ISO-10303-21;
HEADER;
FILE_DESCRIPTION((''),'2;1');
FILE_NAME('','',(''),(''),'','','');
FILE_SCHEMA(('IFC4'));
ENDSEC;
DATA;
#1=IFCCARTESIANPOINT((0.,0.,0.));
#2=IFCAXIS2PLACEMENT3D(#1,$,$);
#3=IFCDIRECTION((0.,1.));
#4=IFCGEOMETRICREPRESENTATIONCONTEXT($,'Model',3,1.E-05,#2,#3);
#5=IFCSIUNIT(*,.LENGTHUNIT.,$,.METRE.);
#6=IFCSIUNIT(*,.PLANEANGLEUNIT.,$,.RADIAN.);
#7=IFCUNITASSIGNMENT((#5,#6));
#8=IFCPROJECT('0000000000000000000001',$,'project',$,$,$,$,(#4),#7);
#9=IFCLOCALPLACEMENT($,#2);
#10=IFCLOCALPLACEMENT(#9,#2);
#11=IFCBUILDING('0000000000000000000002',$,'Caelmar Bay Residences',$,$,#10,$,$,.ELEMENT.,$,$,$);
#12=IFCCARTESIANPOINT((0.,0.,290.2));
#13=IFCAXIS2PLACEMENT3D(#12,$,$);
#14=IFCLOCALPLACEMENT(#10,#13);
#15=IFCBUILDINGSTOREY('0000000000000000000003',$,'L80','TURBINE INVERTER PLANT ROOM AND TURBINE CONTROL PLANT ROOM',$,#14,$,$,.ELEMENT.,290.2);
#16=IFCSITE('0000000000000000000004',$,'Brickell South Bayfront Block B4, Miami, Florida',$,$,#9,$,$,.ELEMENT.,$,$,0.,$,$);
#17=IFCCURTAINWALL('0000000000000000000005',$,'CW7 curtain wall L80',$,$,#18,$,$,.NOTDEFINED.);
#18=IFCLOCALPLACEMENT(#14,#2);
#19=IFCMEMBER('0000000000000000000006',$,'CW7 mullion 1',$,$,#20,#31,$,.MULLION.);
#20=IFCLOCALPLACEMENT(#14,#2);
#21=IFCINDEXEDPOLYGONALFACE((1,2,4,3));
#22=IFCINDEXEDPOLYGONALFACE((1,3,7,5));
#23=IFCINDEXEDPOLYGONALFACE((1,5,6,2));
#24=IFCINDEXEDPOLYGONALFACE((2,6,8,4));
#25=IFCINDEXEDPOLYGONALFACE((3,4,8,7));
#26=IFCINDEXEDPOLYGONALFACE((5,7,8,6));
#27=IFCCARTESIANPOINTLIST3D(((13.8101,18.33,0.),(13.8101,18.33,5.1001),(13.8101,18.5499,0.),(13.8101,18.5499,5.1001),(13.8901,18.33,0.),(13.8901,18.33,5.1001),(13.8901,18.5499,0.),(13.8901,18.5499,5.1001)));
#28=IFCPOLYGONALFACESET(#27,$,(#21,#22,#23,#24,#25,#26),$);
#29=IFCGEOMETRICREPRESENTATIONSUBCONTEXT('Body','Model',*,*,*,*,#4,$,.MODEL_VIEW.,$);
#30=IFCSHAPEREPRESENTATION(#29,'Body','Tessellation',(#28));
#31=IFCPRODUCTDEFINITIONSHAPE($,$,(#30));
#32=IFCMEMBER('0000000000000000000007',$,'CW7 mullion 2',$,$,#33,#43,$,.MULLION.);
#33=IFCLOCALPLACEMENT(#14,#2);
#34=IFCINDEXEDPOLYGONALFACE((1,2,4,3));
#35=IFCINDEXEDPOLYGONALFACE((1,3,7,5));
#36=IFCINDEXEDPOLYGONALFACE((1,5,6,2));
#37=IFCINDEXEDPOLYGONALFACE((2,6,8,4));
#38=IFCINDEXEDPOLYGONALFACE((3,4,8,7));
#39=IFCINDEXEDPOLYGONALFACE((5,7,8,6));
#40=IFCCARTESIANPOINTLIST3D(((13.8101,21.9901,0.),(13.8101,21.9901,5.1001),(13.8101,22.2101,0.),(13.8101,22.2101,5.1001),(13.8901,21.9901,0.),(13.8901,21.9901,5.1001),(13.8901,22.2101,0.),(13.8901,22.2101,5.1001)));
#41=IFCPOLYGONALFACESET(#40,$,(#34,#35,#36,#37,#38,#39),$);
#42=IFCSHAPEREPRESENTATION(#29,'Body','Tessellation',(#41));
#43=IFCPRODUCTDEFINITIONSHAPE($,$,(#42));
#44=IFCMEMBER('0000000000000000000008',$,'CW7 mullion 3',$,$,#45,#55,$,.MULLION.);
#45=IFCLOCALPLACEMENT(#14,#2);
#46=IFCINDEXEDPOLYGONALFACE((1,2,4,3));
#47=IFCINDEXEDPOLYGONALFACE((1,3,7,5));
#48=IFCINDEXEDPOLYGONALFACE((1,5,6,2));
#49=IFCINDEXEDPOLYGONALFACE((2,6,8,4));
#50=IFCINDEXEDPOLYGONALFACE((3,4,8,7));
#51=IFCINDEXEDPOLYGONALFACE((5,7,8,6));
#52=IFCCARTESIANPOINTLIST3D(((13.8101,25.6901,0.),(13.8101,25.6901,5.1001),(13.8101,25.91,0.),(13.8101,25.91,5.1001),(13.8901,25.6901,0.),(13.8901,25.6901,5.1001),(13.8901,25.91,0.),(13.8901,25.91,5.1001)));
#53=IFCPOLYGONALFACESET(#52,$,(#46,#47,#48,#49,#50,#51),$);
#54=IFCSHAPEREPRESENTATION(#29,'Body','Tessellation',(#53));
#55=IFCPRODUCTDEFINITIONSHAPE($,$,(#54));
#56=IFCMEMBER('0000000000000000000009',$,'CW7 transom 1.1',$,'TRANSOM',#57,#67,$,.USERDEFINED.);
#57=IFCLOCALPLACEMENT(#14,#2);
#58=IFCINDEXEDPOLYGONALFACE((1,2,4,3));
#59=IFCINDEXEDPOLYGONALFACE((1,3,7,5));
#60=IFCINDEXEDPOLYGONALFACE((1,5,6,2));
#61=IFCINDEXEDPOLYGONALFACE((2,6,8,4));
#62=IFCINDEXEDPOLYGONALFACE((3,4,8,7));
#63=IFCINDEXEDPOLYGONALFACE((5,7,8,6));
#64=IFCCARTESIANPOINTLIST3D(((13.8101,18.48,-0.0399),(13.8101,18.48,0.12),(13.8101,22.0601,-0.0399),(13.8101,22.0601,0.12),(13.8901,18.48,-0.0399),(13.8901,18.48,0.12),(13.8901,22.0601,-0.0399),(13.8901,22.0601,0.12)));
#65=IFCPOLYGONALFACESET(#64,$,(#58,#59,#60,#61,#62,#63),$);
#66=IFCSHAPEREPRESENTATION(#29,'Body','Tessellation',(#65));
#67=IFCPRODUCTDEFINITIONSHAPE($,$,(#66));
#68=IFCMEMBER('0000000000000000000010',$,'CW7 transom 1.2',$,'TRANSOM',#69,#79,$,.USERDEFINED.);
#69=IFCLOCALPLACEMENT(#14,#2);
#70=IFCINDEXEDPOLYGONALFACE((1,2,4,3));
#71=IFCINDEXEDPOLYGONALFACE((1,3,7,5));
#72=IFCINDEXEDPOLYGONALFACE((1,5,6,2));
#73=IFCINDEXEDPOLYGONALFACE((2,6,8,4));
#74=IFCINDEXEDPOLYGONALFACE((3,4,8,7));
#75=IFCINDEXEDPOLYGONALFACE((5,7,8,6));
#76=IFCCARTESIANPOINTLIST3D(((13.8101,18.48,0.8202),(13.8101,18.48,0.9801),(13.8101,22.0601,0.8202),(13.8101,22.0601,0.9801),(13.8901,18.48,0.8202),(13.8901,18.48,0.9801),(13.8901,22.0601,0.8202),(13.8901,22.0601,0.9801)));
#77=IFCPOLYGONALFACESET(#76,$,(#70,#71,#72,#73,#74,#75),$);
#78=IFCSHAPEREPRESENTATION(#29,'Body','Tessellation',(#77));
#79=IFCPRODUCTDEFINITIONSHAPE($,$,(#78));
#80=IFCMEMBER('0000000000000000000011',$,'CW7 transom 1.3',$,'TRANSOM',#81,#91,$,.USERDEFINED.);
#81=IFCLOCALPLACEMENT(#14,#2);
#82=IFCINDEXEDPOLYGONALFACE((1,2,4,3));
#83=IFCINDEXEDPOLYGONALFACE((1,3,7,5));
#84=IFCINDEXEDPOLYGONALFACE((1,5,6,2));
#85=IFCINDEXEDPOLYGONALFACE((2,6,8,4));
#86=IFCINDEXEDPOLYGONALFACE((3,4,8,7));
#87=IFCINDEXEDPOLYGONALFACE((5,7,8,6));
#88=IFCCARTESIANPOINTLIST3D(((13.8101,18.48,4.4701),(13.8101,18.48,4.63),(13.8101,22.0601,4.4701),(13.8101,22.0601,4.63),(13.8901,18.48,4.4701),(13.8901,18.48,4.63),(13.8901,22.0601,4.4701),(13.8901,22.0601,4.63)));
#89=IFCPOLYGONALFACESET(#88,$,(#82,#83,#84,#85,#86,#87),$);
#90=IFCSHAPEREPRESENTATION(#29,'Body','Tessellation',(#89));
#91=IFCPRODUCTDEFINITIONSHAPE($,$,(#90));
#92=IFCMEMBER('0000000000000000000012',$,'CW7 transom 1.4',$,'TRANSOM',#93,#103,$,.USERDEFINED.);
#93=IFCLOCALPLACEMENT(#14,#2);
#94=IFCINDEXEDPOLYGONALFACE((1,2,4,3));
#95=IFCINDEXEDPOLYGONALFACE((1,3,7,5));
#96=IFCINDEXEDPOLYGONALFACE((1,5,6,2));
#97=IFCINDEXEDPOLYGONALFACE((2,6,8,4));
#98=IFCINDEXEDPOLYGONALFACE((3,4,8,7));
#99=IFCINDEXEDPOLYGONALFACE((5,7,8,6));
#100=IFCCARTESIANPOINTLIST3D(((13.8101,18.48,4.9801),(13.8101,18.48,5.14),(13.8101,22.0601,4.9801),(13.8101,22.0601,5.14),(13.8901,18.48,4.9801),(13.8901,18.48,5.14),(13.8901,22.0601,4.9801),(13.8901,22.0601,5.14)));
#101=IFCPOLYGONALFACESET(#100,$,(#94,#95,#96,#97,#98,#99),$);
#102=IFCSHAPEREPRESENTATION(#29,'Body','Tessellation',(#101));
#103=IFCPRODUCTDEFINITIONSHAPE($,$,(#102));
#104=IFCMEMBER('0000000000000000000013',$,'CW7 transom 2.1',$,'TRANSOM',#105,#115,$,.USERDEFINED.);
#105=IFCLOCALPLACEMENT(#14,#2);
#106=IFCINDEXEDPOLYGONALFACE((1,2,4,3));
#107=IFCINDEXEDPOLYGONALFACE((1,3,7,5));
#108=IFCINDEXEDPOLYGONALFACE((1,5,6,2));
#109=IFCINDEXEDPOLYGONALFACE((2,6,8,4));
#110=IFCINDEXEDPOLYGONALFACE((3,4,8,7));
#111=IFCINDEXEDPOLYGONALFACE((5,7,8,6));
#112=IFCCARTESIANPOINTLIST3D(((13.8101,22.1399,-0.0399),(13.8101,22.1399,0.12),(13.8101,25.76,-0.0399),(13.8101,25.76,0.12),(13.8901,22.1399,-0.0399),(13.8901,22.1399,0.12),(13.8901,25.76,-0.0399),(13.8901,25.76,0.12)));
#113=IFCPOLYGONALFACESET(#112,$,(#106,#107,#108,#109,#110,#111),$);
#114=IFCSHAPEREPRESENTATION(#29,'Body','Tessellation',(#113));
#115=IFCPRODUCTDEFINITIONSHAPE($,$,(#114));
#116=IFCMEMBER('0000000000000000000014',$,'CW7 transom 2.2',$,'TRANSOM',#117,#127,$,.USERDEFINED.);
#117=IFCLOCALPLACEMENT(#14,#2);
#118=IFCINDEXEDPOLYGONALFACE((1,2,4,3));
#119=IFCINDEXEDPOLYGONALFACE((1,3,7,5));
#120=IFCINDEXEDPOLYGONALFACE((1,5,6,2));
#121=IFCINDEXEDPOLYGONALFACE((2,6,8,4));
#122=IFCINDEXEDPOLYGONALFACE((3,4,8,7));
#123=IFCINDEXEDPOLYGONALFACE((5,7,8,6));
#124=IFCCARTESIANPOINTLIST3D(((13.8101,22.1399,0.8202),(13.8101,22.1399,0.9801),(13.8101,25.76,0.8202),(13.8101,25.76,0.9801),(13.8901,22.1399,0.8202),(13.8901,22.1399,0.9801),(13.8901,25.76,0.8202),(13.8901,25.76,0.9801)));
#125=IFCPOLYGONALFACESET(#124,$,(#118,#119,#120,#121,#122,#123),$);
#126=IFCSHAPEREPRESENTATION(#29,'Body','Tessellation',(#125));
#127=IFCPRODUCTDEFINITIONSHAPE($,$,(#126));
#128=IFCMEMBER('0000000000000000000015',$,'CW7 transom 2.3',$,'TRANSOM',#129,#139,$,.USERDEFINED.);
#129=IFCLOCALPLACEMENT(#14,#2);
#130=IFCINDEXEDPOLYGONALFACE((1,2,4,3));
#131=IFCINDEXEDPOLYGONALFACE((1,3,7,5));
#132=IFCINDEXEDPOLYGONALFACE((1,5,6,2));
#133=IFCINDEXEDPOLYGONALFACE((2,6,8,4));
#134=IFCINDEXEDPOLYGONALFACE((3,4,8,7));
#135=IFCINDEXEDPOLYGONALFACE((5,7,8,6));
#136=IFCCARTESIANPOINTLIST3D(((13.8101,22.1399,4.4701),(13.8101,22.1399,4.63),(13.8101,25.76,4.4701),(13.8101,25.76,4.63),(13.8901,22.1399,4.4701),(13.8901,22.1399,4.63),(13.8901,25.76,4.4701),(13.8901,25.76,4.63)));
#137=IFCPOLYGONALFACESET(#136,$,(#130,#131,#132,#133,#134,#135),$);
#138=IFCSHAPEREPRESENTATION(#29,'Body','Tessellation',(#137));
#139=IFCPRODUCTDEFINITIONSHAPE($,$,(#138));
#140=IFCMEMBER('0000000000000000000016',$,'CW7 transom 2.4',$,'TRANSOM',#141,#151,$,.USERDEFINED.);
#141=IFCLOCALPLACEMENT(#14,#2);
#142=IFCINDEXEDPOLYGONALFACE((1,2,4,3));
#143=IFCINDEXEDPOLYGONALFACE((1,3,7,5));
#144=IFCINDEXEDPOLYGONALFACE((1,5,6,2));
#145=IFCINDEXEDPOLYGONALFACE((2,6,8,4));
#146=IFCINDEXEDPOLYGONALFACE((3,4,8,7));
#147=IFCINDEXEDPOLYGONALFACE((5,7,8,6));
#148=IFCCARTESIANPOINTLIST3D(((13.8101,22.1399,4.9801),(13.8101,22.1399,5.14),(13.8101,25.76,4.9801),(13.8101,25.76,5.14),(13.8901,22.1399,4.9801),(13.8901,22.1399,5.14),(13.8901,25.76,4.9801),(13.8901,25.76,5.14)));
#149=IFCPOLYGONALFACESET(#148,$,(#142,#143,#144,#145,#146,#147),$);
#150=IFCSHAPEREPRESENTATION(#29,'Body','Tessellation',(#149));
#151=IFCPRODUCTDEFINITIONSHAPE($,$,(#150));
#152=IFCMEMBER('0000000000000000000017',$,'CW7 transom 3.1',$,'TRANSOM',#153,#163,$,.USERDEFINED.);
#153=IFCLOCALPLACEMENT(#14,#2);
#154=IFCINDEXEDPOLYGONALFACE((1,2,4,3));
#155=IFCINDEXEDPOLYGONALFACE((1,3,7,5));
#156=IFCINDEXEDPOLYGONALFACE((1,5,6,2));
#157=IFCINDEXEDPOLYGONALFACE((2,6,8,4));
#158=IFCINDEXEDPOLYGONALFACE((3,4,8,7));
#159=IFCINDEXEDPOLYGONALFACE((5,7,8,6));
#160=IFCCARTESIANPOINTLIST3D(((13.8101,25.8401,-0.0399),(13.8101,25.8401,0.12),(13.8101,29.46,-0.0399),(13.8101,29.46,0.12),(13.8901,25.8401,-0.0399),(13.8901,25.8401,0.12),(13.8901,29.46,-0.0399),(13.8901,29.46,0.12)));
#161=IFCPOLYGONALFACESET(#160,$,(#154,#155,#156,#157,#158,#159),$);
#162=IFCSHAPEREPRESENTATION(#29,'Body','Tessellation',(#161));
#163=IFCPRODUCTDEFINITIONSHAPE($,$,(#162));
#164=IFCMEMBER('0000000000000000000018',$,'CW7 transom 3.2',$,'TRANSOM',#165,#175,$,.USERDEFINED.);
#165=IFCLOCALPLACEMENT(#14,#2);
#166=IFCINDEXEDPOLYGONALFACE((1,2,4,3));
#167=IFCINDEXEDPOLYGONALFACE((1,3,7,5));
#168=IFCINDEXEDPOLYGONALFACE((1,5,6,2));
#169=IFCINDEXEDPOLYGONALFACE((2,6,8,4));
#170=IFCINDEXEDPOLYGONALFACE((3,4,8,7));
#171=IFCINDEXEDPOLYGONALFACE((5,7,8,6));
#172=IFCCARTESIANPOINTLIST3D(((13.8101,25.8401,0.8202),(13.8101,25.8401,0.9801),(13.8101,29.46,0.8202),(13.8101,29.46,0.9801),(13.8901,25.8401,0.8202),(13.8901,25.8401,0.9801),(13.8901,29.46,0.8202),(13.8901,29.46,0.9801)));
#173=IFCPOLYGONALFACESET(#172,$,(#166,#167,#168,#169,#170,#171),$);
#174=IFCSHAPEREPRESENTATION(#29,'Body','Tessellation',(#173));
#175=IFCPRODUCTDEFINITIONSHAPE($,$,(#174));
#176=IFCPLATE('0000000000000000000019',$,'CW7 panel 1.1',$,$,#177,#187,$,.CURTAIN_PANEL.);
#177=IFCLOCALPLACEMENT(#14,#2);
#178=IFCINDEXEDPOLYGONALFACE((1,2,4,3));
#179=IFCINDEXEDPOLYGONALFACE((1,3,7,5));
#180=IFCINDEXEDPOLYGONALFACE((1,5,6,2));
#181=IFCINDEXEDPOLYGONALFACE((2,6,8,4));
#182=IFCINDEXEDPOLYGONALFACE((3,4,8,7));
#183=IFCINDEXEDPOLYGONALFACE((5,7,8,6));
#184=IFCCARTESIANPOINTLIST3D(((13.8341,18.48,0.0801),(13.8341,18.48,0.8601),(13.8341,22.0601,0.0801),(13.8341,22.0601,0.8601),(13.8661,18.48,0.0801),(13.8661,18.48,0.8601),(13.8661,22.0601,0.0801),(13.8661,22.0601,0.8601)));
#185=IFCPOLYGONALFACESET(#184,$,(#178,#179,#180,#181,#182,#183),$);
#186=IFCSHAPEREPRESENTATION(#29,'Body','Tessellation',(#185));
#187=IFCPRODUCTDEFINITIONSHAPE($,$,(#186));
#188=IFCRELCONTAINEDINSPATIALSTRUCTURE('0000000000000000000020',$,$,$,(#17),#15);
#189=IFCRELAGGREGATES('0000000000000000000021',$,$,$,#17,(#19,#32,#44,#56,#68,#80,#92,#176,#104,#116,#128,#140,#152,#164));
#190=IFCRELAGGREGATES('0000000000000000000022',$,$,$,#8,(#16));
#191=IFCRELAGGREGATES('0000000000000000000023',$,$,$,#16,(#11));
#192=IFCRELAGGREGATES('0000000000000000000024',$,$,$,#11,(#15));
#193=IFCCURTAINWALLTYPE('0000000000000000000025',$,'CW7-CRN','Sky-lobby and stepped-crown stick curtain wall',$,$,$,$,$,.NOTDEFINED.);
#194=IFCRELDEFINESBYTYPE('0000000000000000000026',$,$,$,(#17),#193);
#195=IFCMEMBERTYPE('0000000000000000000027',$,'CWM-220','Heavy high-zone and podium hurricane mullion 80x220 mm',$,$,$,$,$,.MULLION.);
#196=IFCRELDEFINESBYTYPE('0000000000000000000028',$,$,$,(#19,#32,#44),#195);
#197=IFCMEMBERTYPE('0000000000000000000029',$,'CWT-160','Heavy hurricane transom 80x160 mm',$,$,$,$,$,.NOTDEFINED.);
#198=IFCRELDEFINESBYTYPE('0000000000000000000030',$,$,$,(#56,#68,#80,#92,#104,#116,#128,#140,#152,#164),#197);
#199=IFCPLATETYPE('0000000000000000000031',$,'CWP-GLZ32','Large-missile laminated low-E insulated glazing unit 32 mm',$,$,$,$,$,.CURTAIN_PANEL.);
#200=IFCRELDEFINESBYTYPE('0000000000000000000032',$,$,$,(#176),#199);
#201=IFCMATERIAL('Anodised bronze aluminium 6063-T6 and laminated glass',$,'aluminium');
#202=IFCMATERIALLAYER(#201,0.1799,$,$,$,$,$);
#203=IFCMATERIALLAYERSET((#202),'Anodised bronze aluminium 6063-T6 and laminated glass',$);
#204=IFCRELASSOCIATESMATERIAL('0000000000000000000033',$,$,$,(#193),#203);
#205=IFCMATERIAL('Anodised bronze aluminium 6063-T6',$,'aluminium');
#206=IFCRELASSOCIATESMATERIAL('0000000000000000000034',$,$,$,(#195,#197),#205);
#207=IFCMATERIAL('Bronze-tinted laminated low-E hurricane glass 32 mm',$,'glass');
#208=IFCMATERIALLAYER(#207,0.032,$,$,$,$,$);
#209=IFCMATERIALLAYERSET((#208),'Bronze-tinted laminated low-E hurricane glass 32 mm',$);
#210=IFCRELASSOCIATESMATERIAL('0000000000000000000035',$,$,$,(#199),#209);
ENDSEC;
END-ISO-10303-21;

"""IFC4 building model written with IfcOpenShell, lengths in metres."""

from ifc_helpers import new_model, si_unit, direction, frame, origin, origin_2d, place, context, subcontext, project, spatial, rectangle, extrude, material, layer, layer_set, material_profile, profile_set, type_object, element, aggregate, save


model = new_model("IFC4")

# Units and contexts
model_context = context("Model", 3, precision=1e-05, world=origin(), true_north=direction((0.0, 1.0)))
body_context = subcontext(model_context, "Body", "Model", "MODEL_VIEW")
ifc_project = project(units=[si_unit("LENGTHUNIT", "METRE"), si_unit("PLANEANGLEUNIT", "RADIAN")], contexts=[model_context])

# Site, building, storey
site_placement = place(None, origin())
site = spatial("IfcSite", under=ifc_project, at=site_placement, Name="Brickell South Bayfront Block B4, Miami, Florida", CompositionType="ELEMENT", RefElevation=0.0)
building_placement = place(site_placement, origin())
building = spatial("IfcBuilding", under=site, at=building_placement, Name="Caelmar Bay Residences", CompositionType="ELEMENT")
storey_placement = place(building_placement, frame((0.0, 0.0, 290.2)))
storey = spatial("IfcBuildingStorey", under=building, at=storey_placement, Name="L80", Description="TURBINE INVERTER PLANT ROOM AND TURBINE CONTROL PLANT ROOM", CompositionType="ELEMENT", Elevation=290.2)

# Curtain wall, members, plate
ifc_material_1 = material(Name="Anodised bronze aluminium 6063-T6 and laminated glass", Category="aluminium")
ifc_layer_1 = layer(ifc_material_1, 0.1799)
ifc_layer_set_1 = layer_set([ifc_layer_1], Name="Anodised bronze aluminium 6063-T6 and laminated glass")
curtain_wall_type = type_object("IfcCurtainWallType", Name="CW7-CRN", Description="Sky-lobby and stepped-crown stick curtain wall", PredefinedType="NOTDEFINED", material=ifc_layer_set_1)
curtain_wall_placement = place(storey_placement, origin())
curtain_wall = element("IfcCurtainWall", 1, at=curtain_wall_placement, inside=storey, type_object=curtain_wall_type, Name="CW7 curtain wall L80", PredefinedType="NOTDEFINED")
ifc_material_2 = material(Name="Anodised bronze aluminium 6063-T6", Category="aluminium")
ifc_material_profile_1 = material_profile(ifc_material_2, rectangle(XDim=0.0801, YDim=0.22, at=origin_2d()), Name="CWM-80X220")
ifc_profile_set_1 = profile_set([ifc_material_profile_1], Name="Anodised bronze aluminium 6063-T6")
member_type_1 = type_object("IfcMemberType", Name="CWM-220", Description="Heavy high-zone and podium hurricane mullion 80x220 mm", PredefinedType="MULLION", material=ifc_profile_set_1)
member_1_placement = place(storey_placement, frame((13.8501, 18.4399, 0.0), z_axis=(0.0, 0.0, 1.0), x_axis=(-1.0, 0.0, 0.0)))
member_1 = element("IfcMember", 2, at=member_1_placement, type_object=member_type_1, Name="CW7 mullion 1", PredefinedType="MULLION", context=body_context, shape_type="SweptSolid", body=[
    extrude(rectangle(XDim=0.0801, YDim=0.22, at=origin_2d()), origin(), (0.0, 0.0, 1.0), 5.1001),
])
member_2_placement = place(storey_placement, frame((13.8501, 22.1001, 0.0), z_axis=(0.0, 0.0, 1.0), x_axis=(-1.0, 0.0, 0.0)))
member_2 = element("IfcMember", 3, at=member_2_placement, type_object=member_type_1, Name="CW7 mullion 2", PredefinedType="MULLION", context=body_context, shape_type="SweptSolid", body=[
    extrude(rectangle(XDim=0.0801, YDim=0.22, at=origin_2d()), origin(), (0.0, 0.0, 1.0), 5.1001),
])
member_3_placement = place(storey_placement, frame((13.8501, 25.8, 0.0), z_axis=(0.0, 0.0, 1.0), x_axis=(-1.0, 0.0, 0.0)))
member_3 = element("IfcMember", 4, at=member_3_placement, type_object=member_type_1, Name="CW7 mullion 3", PredefinedType="MULLION", context=body_context, shape_type="SweptSolid", body=[
    extrude(rectangle(XDim=0.0801, YDim=0.22, at=origin_2d()), origin(), (0.0, 0.0, 1.0), 5.1001),
])
ifc_material_profile_2 = material_profile(ifc_material_2, rectangle(XDim=0.0801, YDim=0.1599, at=origin_2d()), Name="CWT-80X160")
ifc_profile_set_2 = profile_set([ifc_material_profile_2], Name="Anodised bronze aluminium 6063-T6")
member_type_2 = type_object("IfcMemberType", Name="CWT-160", Description="Heavy hurricane transom 80x160 mm", PredefinedType="NOTDEFINED", material=ifc_profile_set_2)
member_4_placement = place(storey_placement, frame((13.8501, 18.48, 0.04), z_axis=(0.0, 1.0, 0.0), x_axis=(-1.0, 0.0, 0.0)))
member_4 = element("IfcMember", 5, at=member_4_placement, type_object=member_type_2, Name="CW7 transom 1.1", ObjectType="TRANSOM", PredefinedType="USERDEFINED", context=body_context, shape_type="SweptSolid", body=[
    extrude(rectangle(XDim=0.0801, YDim=0.1599, at=origin_2d()), origin(), (0.0, 0.0, 1.0), 3.5801),
])
member_5_placement = place(storey_placement, frame((13.8501, 18.48, 0.9001), z_axis=(0.0, 1.0, 0.0), x_axis=(-1.0, 0.0, 0.0)))
member_5 = element("IfcMember", 6, at=member_5_placement, type_object=member_type_2, Name="CW7 transom 1.2", ObjectType="TRANSOM", PredefinedType="USERDEFINED", context=body_context, shape_type="SweptSolid", body=[
    extrude(rectangle(XDim=0.0801, YDim=0.1599, at=origin_2d()), origin(), (0.0, 0.0, 1.0), 3.5801),
])
member_6_placement = place(storey_placement, frame((13.8501, 18.48, 4.55), z_axis=(0.0, 1.0, 0.0), x_axis=(-1.0, 0.0, 0.0)))
member_6 = element("IfcMember", 7, at=member_6_placement, type_object=member_type_2, Name="CW7 transom 1.3", ObjectType="TRANSOM", PredefinedType="USERDEFINED", context=body_context, shape_type="SweptSolid", body=[
    extrude(rectangle(XDim=0.0801, YDim=0.1599, at=origin_2d()), origin(), (0.0, 0.0, 1.0), 3.5801),
])
member_7_placement = place(storey_placement, frame((13.8501, 18.48, 5.0601), z_axis=(0.0, 1.0, 0.0), x_axis=(-1.0, 0.0, 0.0)))
member_7 = element("IfcMember", 8, at=member_7_placement, type_object=member_type_2, Name="CW7 transom 1.4", ObjectType="TRANSOM", PredefinedType="USERDEFINED", context=body_context, shape_type="SweptSolid", body=[
    extrude(rectangle(XDim=0.0801, YDim=0.1599, at=origin_2d()), origin(), (0.0, 0.0, 1.0), 3.5801),
])
member_8_placement = place(storey_placement, frame((13.8501, 22.1399, 0.04), z_axis=(0.0, 1.0, 0.0), x_axis=(-1.0, 0.0, 0.0)))
member_8 = element("IfcMember", 9, at=member_8_placement, type_object=member_type_2, Name="CW7 transom 2.1", ObjectType="TRANSOM", PredefinedType="USERDEFINED", context=body_context, shape_type="SweptSolid", body=[
    extrude(rectangle(XDim=0.0801, YDim=0.1599, at=origin_2d()), origin(), (0.0, 0.0, 1.0), 3.6201),
])
member_9_placement = place(storey_placement, frame((13.8501, 22.1399, 0.9001), z_axis=(0.0, 1.0, 0.0), x_axis=(-1.0, 0.0, 0.0)))
member_9 = element("IfcMember", 10, at=member_9_placement, type_object=member_type_2, Name="CW7 transom 2.2", ObjectType="TRANSOM", PredefinedType="USERDEFINED", context=body_context, shape_type="SweptSolid", body=[
    extrude(rectangle(XDim=0.0801, YDim=0.1599, at=origin_2d()), origin(), (0.0, 0.0, 1.0), 3.6201),
])
member_10_placement = place(storey_placement, frame((13.8501, 22.1399, 4.55), z_axis=(0.0, 1.0, 0.0), x_axis=(-1.0, 0.0, 0.0)))
member_10 = element("IfcMember", 11, at=member_10_placement, type_object=member_type_2, Name="CW7 transom 2.3", ObjectType="TRANSOM", PredefinedType="USERDEFINED", context=body_context, shape_type="SweptSolid", body=[
    extrude(rectangle(XDim=0.0801, YDim=0.1599, at=origin_2d()), origin(), (0.0, 0.0, 1.0), 3.6201),
])
member_11_placement = place(storey_placement, frame((13.8501, 22.1399, 5.0601), z_axis=(0.0, 1.0, 0.0), x_axis=(-1.0, 0.0, 0.0)))
member_11 = element("IfcMember", 12, at=member_11_placement, type_object=member_type_2, Name="CW7 transom 2.4", ObjectType="TRANSOM", PredefinedType="USERDEFINED", context=body_context, shape_type="SweptSolid", body=[
    extrude(rectangle(XDim=0.0801, YDim=0.1599, at=origin_2d()), origin(), (0.0, 0.0, 1.0), 3.6201),
])
member_12_placement = place(storey_placement, frame((13.8501, 25.8401, 0.04), z_axis=(0.0, 1.0, 0.0), x_axis=(-1.0, 0.0, 0.0)))
member_12 = element("IfcMember", 13, at=member_12_placement, type_object=member_type_2, Name="CW7 transom 3.1", ObjectType="TRANSOM", PredefinedType="USERDEFINED", context=body_context, shape_type="SweptSolid", body=[
    extrude(rectangle(XDim=0.0801, YDim=0.1599, at=origin_2d()), origin(), (0.0, 0.0, 1.0), 3.6199),
])
member_13_placement = place(storey_placement, frame((13.8501, 25.8401, 0.9001), z_axis=(0.0, 1.0, 0.0), x_axis=(-1.0, 0.0, 0.0)))
member_13 = element("IfcMember", 14, at=member_13_placement, type_object=member_type_2, Name="CW7 transom 3.2", ObjectType="TRANSOM", PredefinedType="USERDEFINED", context=body_context, shape_type="SweptSolid", body=[
    extrude(rectangle(XDim=0.0801, YDim=0.1599, at=origin_2d()), origin(), (0.0, 0.0, 1.0), 3.6199),
])
ifc_material_3 = material(Name="Bronze-tinted laminated low-E hurricane glass 32 mm", Category="glass")
ifc_layer_2 = layer(ifc_material_3, 0.032)
ifc_layer_set_2 = layer_set([ifc_layer_2], Name="Bronze-tinted laminated low-E hurricane glass 32 mm")
plate_type = type_object("IfcPlateType", Name="CWP-GLZ32", Description="Large-missile laminated low-E insulated glazing unit 32 mm", PredefinedType="CURTAIN_PANEL", material=ifc_layer_set_2)
plate_1_placement = place(storey_placement, frame((13.8501, 20.27, 0.0801), z_axis=(0.0, 0.0, 1.0), x_axis=(0.0, 1.0, 0.0)))
plate_1 = element("IfcPlate", 15, at=plate_1_placement, type_object=plate_type, Name="CW7 panel 1.1", PredefinedType="CURTAIN_PANEL", context=body_context, shape_type="SweptSolid", body=[
    extrude(rectangle(XDim=3.5801, YDim=0.032, at=origin_2d()), origin(), (0.0, 0.0, 1.0), 0.78),
])
aggregate(curtain_wall, [member_1, member_2, member_3, member_4, member_5, member_6, member_7, plate_1, member_8, member_9, member_10, member_11, member_12, member_13])

save(model, "model.ifc")
